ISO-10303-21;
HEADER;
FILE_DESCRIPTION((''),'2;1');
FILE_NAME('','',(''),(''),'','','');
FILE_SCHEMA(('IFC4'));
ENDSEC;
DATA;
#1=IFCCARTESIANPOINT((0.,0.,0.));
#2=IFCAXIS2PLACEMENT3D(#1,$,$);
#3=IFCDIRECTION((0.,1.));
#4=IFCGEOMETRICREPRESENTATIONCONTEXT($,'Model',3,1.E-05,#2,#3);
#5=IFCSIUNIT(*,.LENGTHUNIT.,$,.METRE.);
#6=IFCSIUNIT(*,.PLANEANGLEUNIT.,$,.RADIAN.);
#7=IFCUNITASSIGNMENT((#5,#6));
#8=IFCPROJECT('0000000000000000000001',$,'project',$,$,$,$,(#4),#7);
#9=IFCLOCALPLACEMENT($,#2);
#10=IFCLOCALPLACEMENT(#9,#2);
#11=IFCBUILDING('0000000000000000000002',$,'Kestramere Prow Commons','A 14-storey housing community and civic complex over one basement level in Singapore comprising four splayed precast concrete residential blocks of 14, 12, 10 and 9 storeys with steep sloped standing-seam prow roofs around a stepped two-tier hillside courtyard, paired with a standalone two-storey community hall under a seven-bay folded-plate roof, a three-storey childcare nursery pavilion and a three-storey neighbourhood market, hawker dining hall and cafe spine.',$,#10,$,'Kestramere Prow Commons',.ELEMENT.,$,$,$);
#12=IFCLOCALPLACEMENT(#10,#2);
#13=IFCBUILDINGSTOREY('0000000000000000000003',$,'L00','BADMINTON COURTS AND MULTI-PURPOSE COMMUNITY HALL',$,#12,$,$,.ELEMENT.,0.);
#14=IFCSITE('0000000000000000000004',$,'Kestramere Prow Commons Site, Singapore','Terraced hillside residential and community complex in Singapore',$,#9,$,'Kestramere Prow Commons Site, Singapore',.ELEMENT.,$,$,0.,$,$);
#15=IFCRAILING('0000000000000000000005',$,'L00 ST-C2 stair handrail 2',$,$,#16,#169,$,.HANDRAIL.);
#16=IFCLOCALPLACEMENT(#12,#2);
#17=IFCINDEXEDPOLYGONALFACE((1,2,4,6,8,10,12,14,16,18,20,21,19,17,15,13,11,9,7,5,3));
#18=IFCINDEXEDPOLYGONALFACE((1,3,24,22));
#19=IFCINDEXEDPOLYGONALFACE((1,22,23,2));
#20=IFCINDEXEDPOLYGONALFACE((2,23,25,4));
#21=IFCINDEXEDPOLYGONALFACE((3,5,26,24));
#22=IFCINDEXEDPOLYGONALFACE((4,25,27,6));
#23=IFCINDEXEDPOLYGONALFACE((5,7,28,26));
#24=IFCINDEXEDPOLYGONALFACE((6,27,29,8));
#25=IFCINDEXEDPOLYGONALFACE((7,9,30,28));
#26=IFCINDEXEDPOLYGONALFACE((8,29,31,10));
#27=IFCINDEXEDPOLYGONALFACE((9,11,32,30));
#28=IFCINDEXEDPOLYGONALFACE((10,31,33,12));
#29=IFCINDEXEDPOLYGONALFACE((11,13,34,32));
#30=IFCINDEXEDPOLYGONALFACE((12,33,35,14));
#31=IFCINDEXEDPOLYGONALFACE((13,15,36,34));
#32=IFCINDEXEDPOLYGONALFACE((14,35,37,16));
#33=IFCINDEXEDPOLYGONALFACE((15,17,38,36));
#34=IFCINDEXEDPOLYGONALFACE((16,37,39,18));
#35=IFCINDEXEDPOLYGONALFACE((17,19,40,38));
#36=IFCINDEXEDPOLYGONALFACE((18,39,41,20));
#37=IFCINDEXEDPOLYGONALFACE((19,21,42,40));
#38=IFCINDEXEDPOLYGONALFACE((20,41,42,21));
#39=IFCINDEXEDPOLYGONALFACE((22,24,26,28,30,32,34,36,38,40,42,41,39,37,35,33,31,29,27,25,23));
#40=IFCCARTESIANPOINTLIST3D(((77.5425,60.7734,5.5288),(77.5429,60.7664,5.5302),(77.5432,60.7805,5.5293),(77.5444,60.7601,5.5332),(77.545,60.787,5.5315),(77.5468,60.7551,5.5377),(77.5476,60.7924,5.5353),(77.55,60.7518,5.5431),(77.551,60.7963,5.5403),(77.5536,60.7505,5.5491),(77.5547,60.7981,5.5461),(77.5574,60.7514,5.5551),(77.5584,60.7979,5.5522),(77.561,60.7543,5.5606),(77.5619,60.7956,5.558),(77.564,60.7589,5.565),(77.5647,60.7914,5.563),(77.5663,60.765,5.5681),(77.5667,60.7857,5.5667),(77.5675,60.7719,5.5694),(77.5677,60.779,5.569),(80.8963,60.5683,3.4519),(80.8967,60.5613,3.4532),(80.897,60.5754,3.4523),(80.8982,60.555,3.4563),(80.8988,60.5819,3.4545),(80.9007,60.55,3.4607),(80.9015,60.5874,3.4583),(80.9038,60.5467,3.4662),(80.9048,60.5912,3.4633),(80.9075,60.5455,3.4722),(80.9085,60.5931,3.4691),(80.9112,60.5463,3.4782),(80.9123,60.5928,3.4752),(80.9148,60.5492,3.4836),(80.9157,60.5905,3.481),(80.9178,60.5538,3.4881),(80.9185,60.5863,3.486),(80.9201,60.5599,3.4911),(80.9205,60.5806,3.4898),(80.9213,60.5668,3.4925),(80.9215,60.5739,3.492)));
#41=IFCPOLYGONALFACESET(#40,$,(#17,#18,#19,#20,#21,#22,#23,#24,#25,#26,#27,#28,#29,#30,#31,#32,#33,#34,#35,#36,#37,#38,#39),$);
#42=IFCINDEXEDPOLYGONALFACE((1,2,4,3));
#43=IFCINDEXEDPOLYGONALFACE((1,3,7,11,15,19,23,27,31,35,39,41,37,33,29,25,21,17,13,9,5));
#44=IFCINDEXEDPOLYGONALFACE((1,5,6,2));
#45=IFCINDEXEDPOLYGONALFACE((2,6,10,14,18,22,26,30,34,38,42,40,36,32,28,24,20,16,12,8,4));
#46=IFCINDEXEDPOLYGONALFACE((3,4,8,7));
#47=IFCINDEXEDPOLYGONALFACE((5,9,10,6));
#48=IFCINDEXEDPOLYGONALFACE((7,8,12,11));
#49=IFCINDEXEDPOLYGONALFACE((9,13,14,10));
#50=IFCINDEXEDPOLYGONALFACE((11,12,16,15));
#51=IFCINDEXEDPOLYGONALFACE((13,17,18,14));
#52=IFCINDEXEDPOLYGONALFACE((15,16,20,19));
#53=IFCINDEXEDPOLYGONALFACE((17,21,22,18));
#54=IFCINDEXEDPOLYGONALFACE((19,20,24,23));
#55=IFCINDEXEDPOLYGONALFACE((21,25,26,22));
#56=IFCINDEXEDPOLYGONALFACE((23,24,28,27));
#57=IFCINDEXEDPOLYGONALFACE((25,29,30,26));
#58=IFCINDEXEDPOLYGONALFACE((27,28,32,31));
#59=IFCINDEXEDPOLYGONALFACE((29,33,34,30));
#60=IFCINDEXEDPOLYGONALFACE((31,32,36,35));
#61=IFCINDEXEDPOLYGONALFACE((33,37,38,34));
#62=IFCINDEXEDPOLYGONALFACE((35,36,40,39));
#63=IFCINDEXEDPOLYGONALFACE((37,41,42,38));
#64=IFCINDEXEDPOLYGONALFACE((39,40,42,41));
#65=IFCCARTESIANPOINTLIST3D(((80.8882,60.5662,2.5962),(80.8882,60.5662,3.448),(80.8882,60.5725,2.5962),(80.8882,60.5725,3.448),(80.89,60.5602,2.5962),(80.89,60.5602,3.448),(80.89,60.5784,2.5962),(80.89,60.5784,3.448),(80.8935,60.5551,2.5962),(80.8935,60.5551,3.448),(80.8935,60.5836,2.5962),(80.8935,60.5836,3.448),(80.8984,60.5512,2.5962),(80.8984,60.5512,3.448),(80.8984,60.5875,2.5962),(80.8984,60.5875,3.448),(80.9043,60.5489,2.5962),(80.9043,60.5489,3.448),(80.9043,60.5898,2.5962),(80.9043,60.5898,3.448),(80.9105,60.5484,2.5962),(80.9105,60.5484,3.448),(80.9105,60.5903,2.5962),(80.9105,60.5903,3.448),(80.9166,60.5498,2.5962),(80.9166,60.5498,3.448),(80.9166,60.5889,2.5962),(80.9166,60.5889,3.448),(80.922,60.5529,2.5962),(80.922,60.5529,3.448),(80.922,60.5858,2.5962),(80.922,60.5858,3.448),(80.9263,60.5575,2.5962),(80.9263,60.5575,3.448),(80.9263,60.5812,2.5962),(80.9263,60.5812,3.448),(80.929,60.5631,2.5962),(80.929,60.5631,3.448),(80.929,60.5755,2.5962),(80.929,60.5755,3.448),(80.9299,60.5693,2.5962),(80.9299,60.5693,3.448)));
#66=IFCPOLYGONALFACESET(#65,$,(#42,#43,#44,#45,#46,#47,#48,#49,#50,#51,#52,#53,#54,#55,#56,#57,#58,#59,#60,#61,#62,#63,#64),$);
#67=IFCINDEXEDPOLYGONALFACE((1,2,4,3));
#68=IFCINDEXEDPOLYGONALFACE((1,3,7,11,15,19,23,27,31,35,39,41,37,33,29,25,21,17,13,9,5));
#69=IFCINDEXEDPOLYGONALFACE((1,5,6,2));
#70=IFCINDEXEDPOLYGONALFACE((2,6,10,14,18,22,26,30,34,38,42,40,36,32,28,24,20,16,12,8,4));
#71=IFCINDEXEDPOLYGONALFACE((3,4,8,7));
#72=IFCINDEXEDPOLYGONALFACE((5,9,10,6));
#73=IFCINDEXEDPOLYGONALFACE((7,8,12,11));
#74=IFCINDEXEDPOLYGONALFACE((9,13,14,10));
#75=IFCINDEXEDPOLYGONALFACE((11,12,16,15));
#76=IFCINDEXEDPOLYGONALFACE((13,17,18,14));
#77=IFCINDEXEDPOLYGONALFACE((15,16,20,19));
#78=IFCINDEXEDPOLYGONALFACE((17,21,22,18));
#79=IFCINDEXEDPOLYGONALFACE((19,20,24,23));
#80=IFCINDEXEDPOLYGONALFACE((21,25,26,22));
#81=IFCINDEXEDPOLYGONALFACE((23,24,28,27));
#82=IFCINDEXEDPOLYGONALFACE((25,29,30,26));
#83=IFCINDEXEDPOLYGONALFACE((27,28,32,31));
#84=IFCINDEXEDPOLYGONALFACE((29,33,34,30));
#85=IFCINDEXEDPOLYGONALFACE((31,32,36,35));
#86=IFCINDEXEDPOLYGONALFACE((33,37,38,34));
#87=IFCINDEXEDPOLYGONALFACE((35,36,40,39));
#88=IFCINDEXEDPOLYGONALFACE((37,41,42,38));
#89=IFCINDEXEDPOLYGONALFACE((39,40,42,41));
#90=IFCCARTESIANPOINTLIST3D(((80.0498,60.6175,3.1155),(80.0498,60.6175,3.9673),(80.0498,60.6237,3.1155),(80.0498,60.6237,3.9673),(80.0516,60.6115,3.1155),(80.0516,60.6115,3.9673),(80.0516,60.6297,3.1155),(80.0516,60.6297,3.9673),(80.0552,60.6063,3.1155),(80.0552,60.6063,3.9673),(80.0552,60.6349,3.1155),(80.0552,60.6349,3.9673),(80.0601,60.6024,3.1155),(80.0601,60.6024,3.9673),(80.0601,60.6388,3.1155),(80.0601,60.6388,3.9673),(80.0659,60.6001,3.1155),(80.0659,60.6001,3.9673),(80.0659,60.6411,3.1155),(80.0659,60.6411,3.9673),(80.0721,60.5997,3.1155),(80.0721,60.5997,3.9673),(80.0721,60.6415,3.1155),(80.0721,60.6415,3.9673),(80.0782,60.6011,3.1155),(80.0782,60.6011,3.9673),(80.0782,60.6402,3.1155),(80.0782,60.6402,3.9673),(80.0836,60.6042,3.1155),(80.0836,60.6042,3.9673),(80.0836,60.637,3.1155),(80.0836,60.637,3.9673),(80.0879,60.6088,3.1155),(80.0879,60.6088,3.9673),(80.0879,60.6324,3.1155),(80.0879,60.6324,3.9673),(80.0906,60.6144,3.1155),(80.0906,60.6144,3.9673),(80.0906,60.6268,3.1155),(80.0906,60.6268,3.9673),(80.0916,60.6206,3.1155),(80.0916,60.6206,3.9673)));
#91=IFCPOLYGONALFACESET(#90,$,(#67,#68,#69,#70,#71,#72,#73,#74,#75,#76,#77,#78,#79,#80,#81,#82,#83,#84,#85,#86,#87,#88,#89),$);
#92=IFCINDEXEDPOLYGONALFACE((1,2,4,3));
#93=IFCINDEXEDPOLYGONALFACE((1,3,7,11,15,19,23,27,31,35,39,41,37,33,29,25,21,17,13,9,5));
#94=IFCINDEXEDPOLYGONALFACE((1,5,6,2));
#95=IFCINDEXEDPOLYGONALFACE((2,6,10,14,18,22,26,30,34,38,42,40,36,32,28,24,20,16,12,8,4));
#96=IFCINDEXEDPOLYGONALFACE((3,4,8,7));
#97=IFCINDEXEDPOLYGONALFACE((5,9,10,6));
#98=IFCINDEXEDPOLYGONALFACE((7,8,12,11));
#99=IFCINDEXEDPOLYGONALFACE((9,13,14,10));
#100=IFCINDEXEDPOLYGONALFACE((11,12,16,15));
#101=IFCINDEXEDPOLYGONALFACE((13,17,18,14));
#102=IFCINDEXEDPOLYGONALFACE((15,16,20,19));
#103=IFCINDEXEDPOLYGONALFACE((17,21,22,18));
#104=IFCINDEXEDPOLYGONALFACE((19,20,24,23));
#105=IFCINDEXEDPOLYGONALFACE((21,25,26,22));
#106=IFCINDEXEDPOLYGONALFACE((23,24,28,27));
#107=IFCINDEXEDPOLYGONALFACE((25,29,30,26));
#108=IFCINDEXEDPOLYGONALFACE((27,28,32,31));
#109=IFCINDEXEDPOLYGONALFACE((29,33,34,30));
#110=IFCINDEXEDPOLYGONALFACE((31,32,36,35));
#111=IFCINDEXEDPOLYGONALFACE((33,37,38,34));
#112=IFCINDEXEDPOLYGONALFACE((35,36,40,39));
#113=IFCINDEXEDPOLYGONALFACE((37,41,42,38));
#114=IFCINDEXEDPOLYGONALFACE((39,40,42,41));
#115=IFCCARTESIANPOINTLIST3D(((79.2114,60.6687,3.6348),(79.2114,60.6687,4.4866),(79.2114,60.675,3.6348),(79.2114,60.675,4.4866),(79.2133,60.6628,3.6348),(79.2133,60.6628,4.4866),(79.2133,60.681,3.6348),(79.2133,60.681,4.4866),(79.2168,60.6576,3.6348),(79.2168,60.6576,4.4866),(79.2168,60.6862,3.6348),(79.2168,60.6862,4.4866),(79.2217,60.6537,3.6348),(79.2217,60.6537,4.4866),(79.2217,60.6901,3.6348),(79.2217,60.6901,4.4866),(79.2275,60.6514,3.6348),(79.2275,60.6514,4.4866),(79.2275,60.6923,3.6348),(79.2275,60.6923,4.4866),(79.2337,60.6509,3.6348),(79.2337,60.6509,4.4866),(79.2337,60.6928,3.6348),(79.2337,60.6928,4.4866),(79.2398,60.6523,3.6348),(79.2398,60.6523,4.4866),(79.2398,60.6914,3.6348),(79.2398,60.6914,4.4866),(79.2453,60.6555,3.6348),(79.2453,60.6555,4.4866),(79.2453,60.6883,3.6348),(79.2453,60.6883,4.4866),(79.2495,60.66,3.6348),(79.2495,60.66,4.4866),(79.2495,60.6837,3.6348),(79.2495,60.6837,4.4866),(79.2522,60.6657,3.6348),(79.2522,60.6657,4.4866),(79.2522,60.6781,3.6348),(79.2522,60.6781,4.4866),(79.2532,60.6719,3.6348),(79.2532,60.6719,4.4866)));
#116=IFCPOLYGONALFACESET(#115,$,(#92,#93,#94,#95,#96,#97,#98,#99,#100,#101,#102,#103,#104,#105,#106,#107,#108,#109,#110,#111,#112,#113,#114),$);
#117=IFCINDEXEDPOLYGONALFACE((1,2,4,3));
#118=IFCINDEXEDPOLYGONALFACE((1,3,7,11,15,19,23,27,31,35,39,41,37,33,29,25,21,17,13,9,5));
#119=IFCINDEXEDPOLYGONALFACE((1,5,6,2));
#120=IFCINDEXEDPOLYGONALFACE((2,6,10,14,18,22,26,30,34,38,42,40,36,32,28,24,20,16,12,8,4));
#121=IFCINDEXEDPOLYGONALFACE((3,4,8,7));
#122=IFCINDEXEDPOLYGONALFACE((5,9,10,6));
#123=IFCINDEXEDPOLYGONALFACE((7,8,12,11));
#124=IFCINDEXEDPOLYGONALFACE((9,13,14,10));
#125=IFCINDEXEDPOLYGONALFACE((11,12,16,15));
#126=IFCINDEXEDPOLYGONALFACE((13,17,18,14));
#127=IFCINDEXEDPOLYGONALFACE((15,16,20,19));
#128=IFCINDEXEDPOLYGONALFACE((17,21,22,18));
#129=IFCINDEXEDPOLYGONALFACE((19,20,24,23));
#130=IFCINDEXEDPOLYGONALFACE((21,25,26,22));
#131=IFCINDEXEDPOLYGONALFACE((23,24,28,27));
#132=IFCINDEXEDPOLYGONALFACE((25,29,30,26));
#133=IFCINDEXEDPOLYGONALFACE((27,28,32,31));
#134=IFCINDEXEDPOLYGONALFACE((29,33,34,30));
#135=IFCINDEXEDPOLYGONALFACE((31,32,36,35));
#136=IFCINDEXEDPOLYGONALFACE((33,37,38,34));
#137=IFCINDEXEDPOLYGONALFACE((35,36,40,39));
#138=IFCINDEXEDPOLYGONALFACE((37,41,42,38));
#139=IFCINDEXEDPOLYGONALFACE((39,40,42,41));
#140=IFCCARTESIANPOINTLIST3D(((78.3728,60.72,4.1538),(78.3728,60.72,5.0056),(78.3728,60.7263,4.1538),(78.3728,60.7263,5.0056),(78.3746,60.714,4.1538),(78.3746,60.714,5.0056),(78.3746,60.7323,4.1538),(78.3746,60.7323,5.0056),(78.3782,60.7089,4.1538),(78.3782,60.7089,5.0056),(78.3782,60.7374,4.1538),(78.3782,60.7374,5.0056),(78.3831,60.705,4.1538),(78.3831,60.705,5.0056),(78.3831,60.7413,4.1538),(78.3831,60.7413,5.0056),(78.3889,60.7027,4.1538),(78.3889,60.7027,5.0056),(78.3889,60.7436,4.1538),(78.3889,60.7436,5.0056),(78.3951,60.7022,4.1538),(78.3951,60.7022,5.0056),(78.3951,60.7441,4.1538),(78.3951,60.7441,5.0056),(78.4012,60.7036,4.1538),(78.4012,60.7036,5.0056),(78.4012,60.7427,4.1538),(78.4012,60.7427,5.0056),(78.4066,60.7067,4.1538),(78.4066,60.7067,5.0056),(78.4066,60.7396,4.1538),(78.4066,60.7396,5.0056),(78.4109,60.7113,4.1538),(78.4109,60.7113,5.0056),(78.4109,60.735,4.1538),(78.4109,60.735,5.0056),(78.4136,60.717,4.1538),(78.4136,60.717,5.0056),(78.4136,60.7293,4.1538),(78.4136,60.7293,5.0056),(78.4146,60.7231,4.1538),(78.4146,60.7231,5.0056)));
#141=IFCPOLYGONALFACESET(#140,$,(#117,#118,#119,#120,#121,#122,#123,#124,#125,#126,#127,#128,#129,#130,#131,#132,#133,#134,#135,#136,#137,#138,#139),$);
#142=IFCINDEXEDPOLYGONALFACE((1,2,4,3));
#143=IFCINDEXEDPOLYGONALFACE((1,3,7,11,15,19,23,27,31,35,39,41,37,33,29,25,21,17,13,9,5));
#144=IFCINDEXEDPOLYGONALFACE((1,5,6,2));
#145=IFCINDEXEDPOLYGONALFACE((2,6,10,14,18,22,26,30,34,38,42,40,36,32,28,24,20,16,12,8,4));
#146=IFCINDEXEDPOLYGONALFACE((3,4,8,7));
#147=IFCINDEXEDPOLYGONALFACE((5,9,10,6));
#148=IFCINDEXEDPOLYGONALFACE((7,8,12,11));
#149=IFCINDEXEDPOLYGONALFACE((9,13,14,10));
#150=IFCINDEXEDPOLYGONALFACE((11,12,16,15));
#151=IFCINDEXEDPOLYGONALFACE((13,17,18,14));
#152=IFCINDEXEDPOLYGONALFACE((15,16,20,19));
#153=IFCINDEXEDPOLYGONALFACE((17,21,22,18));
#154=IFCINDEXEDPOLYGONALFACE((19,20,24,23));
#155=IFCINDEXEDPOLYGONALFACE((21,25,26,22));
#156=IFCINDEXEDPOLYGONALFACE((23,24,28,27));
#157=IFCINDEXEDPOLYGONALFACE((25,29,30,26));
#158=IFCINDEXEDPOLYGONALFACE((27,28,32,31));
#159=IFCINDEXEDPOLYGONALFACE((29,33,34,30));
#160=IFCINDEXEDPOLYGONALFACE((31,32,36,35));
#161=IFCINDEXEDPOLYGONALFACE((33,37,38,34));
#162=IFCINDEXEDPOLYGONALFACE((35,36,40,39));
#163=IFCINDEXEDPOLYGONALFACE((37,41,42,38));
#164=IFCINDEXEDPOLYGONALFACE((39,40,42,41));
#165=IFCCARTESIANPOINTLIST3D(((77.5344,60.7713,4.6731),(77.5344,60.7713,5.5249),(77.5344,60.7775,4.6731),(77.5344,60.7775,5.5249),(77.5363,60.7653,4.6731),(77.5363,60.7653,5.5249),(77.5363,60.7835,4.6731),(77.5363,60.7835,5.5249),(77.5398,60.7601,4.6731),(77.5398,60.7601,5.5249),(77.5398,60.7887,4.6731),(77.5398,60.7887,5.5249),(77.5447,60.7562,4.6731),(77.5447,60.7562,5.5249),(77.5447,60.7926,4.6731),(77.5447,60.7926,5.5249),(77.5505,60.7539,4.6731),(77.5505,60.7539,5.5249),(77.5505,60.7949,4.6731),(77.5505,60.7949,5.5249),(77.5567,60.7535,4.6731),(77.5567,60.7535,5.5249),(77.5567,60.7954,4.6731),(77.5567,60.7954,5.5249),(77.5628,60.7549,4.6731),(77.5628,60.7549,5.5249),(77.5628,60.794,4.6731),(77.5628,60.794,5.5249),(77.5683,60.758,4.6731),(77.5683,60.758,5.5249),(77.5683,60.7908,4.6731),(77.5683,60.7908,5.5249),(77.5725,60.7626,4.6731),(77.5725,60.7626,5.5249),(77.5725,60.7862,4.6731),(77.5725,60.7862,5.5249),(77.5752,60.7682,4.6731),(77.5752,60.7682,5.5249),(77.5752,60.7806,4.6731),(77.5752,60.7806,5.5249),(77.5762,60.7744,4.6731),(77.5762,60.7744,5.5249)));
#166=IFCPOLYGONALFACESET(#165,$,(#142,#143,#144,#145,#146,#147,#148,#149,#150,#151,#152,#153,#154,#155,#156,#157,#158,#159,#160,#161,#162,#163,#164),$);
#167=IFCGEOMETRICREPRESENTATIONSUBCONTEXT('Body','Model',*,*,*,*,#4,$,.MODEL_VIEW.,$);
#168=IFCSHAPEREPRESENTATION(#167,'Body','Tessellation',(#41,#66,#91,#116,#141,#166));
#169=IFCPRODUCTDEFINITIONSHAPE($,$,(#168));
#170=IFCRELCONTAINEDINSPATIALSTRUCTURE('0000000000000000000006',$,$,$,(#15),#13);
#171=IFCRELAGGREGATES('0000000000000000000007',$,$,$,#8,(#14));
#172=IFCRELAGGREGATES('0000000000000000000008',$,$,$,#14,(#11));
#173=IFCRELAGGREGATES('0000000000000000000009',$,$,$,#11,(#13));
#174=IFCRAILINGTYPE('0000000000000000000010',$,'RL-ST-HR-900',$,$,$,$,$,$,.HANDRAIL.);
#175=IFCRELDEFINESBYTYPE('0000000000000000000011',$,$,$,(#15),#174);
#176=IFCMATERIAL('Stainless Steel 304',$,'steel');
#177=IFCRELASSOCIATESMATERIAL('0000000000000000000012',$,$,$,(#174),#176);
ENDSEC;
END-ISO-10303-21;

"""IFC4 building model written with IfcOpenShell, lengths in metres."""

from ifc_helpers import new_model, si_unit, direction, frame, origin, origin_2d, place, context, subcontext, project, spatial, circle, extrude, material, type_object, element, save


model = new_model("IFC4")

# Units and contexts
model_context = context("Model", 3, precision=1e-05, world=origin(), true_north=direction((0.0, 1.0)))
body_context = subcontext(model_context, "Body", "Model", "MODEL_VIEW")
ifc_project = project(units=[si_unit("LENGTHUNIT", "METRE"), si_unit("PLANEANGLEUNIT", "RADIAN")], contexts=[model_context])

# Site, building, storey
site_placement = place(None, origin())
site = spatial("IfcSite", under=ifc_project, at=site_placement, Name="Kestramere Prow Commons Site, Singapore", Description="Terraced hillside residential and community complex in Singapore", LongName="Kestramere Prow Commons Site, Singapore", CompositionType="ELEMENT", RefElevation=0.0)
building_placement = place(site_placement, origin())
building = spatial("IfcBuilding", under=site, at=building_placement, Name="Kestramere Prow Commons", Description="A 14-storey housing community and civic complex over one basement level in Singapore comprising four splayed precast concrete residential blocks of 14, 12, 10 and 9 storeys with steep sloped standing-seam prow roofs around a stepped two-tier hillside courtyard, paired with a standalone two-storey community hall under a seven-bay folded-plate roof, a three-storey childcare nursery pavilion and a three-storey neighbourhood market, hawker dining hall and cafe spine.", LongName="Kestramere Prow Commons", CompositionType="ELEMENT")
storey_placement = place(building_placement, origin())
storey = spatial("IfcBuildingStorey", under=building, at=storey_placement, Name="L00", Description="BADMINTON COURTS AND MULTI-PURPOSE COMMUNITY HALL", CompositionType="ELEMENT", Elevation=0.0)

# Railing
ifc_material_1 = material(Name="Stainless Steel 304", Category="steel")
railing_type_1 = type_object("IfcRailingType", Name="RL-ST-HR-900", PredefinedType="HANDRAIL", material=ifc_material_1)
railing_1_placement = place(storey_placement, frame((80.9089, 60.5693, 2.5962)))
element("IfcRailing", 1, at=railing_1_placement, inside=storey, type_object=railing_type_1, Name="L00 ST-C2 stair handrail 2", PredefinedType="HANDRAIL", context=body_context, shape_type="SweptSolid", body=[
    extrude(circle(Radius=0.0239, at=origin_2d()), frame((0.0, 0.0, 0.876), z_axis=(-0.849032, 0.051917, 0.525785), x_axis=(-0.061035, -0.998136, 0.0)), (0.0, 0.0, 1.0), 3.9502),
    extrude(circle(Radius=0.021, at=origin_2d()), origin(), (0.0, 0.0, 1.0), 0.8518),
    extrude(circle(Radius=0.021, at=origin_2d()), frame((-0.8384, 0.0513, 0.5193)), (0.0, 0.0, 1.0), 0.8518),
    extrude(circle(Radius=0.021, at=origin_2d()), frame((-1.6768, 0.1025, 1.0386)), (0.0, 0.0, 1.0), 0.8518),
    extrude(circle(Radius=0.021, at=origin_2d()), frame((-2.5154, 0.1538, 1.5576)), (0.0, 0.0, 1.0), 0.8518),
    extrude(circle(Radius=0.021, at=origin_2d()), frame((-3.3538, 0.2051, 2.0769)), (0.0, 0.0, 1.0), 0.8518),
])

save(model, "model.ifc")
